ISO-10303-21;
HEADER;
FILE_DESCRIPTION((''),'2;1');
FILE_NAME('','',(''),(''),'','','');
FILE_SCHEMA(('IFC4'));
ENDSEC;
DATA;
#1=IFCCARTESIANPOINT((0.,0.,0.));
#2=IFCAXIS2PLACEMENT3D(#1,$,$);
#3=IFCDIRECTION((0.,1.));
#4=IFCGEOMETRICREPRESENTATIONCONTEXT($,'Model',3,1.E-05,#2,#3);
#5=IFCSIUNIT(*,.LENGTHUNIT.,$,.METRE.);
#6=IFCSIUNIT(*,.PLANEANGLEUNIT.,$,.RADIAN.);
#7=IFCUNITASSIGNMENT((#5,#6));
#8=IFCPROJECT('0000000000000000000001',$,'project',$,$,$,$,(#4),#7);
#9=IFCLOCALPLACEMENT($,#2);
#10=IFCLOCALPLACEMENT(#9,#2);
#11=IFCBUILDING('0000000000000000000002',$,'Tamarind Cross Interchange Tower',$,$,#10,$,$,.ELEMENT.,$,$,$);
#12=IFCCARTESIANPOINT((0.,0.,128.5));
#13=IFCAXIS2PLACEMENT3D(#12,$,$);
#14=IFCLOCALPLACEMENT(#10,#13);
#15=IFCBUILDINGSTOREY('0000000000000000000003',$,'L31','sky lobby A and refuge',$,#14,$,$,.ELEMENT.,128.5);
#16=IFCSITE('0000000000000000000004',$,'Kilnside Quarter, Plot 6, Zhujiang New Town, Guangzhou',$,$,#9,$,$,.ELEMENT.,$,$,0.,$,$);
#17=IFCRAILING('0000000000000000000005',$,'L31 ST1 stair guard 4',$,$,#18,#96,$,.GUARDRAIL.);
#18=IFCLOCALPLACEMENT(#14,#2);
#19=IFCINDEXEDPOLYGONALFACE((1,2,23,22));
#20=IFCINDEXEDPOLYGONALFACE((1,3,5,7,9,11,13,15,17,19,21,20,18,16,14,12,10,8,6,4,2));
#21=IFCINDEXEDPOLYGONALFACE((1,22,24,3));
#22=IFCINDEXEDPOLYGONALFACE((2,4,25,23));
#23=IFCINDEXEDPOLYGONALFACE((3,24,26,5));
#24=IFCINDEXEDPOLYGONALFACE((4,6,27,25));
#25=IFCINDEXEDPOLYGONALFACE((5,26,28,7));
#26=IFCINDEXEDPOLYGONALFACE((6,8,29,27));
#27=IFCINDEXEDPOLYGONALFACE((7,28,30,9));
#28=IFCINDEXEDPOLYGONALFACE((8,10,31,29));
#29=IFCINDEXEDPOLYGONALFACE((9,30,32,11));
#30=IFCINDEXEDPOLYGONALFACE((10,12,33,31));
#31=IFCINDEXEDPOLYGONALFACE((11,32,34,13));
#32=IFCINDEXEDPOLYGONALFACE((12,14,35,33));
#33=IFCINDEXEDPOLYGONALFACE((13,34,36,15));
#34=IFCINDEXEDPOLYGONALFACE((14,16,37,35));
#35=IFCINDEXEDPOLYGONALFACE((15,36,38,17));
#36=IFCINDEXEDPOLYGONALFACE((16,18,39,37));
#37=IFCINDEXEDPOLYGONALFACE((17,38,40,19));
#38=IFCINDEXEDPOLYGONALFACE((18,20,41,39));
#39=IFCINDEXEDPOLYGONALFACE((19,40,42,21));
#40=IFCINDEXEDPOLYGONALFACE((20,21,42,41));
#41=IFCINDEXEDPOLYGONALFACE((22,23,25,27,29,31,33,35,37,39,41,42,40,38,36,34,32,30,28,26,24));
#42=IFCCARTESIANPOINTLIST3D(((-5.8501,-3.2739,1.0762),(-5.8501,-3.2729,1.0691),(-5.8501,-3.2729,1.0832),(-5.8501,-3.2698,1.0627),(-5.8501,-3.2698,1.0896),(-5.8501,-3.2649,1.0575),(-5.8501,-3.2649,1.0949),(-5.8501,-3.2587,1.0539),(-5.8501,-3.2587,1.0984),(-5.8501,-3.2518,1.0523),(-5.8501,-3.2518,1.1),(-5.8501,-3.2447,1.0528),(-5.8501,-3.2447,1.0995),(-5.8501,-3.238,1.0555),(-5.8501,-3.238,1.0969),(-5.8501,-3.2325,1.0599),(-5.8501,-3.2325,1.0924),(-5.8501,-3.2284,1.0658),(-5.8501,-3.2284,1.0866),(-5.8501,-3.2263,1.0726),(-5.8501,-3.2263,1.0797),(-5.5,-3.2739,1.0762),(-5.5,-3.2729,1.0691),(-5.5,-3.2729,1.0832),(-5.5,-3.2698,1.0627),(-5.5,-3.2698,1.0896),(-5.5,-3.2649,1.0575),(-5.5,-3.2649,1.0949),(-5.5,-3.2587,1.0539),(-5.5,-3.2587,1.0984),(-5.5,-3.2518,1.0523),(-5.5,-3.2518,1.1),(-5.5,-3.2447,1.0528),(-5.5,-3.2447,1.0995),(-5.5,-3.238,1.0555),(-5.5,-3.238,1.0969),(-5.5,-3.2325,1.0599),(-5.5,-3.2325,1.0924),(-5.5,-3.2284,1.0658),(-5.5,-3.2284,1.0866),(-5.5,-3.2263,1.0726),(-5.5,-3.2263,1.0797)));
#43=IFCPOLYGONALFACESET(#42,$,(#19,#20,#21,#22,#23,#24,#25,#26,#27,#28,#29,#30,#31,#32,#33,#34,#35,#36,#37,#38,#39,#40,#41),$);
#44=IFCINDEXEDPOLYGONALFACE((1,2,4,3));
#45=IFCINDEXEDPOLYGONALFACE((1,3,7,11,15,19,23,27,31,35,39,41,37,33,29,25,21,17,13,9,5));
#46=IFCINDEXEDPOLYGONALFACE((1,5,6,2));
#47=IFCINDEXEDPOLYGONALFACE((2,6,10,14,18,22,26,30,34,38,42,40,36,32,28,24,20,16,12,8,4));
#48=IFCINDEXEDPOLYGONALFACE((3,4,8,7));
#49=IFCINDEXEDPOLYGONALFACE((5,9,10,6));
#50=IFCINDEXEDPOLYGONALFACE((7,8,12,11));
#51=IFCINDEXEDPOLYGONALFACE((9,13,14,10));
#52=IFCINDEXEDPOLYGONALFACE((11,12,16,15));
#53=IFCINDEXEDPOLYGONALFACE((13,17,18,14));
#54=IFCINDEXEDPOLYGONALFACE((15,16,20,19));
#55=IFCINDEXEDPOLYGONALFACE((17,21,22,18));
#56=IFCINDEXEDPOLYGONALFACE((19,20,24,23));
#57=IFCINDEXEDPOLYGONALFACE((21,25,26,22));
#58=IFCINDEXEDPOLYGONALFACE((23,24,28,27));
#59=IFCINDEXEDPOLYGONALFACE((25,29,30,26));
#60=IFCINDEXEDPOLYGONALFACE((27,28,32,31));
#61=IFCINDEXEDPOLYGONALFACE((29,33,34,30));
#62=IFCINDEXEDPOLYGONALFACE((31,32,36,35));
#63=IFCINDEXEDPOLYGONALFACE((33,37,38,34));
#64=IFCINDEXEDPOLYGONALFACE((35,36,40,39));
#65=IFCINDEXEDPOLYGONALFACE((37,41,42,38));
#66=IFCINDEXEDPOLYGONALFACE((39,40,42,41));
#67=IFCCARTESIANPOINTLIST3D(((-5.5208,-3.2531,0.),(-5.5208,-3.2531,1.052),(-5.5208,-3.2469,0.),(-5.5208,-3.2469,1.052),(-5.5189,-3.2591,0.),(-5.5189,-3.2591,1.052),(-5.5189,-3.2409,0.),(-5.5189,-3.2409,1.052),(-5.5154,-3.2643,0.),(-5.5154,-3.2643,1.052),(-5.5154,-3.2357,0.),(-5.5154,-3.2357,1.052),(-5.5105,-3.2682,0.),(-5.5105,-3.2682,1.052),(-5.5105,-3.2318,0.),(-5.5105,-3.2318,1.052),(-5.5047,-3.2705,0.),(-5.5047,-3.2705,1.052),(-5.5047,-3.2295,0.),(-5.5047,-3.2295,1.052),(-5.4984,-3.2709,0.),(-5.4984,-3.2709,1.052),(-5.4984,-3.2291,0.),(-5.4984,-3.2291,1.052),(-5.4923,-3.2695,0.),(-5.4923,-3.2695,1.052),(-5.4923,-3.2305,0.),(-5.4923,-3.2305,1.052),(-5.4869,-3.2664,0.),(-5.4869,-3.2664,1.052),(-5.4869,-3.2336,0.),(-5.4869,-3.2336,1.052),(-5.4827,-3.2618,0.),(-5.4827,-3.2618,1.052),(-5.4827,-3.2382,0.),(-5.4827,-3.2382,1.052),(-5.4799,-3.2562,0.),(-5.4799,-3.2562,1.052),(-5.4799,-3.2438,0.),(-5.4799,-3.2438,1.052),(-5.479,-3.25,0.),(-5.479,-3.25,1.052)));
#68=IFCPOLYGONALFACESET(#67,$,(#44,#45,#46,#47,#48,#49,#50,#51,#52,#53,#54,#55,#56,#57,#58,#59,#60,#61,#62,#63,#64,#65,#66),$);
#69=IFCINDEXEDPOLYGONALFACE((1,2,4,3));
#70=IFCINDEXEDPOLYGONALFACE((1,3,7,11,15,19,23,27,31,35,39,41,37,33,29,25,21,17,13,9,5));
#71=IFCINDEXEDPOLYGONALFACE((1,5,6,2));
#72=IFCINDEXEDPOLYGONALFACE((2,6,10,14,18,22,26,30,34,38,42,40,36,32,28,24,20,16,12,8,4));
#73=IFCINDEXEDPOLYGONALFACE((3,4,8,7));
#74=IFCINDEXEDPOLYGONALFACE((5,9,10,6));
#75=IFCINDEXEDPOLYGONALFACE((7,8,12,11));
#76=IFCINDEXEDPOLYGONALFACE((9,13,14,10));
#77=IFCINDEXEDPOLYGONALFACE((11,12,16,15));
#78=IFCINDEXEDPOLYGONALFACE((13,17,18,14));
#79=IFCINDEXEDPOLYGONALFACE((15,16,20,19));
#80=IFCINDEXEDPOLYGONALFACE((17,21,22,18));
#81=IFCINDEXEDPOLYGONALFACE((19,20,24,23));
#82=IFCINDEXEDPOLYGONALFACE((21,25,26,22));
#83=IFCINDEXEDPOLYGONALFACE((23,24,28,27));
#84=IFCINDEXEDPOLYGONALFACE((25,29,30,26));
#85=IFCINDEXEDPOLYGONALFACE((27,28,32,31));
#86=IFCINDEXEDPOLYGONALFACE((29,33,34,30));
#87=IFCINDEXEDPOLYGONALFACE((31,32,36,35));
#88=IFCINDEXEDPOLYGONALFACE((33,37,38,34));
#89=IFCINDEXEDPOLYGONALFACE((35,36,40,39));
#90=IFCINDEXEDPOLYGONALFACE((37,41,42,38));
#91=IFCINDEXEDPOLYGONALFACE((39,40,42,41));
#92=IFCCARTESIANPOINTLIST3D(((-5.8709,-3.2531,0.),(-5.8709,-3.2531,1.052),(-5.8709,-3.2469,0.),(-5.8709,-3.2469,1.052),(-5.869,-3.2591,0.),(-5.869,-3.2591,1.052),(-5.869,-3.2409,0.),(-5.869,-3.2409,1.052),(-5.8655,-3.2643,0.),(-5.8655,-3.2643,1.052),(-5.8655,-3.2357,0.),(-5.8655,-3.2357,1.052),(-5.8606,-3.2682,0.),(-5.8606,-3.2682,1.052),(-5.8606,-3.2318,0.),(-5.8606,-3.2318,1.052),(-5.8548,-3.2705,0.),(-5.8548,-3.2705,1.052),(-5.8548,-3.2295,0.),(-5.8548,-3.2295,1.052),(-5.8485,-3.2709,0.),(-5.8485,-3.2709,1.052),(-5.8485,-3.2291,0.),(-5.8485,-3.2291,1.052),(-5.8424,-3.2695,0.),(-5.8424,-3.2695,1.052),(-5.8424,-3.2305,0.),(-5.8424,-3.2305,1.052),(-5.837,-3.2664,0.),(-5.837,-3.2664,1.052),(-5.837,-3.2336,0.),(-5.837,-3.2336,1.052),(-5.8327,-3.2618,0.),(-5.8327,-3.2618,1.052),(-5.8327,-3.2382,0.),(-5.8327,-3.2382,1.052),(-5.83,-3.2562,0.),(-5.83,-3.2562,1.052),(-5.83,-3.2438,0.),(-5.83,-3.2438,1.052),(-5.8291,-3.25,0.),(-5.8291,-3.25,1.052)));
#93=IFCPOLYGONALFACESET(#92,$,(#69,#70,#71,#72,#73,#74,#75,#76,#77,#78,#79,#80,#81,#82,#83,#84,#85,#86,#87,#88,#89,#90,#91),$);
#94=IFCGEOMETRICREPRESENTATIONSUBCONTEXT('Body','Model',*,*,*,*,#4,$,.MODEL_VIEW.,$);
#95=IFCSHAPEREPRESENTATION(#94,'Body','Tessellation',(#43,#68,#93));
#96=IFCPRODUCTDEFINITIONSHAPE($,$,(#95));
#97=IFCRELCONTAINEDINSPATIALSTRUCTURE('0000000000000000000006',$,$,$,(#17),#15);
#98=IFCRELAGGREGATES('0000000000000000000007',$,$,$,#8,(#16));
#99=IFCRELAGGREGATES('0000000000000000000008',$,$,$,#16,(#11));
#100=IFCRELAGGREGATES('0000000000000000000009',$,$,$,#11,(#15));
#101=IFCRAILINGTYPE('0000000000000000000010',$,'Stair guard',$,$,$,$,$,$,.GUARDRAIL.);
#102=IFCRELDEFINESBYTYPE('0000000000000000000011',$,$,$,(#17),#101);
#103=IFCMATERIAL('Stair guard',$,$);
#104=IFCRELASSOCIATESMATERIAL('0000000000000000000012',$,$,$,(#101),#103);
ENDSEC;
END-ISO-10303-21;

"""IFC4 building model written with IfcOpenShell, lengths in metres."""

from ifc_helpers import new_model, si_unit, direction, frame, origin, origin_2d, place, context, subcontext, project, spatial, circle, extrude, material, type_object, element, save


model = new_model("IFC4")

# Units and contexts
model_context = context("Model", 3, precision=1e-05, world=origin(), true_north=direction((0.0, 1.0)))
body_context = subcontext(model_context, "Body", "Model", "MODEL_VIEW")
ifc_project = project(units=[si_unit("LENGTHUNIT", "METRE"), si_unit("PLANEANGLEUNIT", "RADIAN")], contexts=[model_context])

# Site, building, storey
site_placement = place(None, origin())
site = spatial("IfcSite", under=ifc_project, at=site_placement, Name="Kilnside Quarter, Plot 6, Zhujiang New Town, Guangzhou", CompositionType="ELEMENT", RefElevation=0.0)
building_placement = place(site_placement, origin())
building = spatial("IfcBuilding", under=site, at=building_placement, Name="Tamarind Cross Interchange Tower", CompositionType="ELEMENT")
storey_placement = place(building_placement, frame((0.0, 0.0, 128.5)))
storey = spatial("IfcBuildingStorey", under=building, at=storey_placement, Name="L31", Description="sky lobby A and refuge", CompositionType="ELEMENT", Elevation=128.5)

# Railing
ifc_material_1 = material(Name="Stair guard")
railing_type_1 = type_object("IfcRailingType", Name="Stair guard", PredefinedType="GUARDRAIL", material=ifc_material_1)
railing_1_placement = place(storey_placement, frame((-5.5, -3.25, 0.0)))
element("IfcRailing", 1, at=railing_1_placement, inside=storey, type_object=railing_type_1, Name="L31 ST1 stair guard 4", PredefinedType="GUARDRAIL", context=body_context, shape_type="SweptSolid", body=[
    extrude(circle(Radius=0.0239, at=origin_2d()), frame((0.0, 0.0, 1.0762), z_axis=(-1.0, 0.0, 0.0), x_axis=(0.0, -1.0, 0.0)), (0.0, 0.0, 1.0), 0.3501),
    extrude(circle(Radius=0.021, at=origin_2d()), origin(), (0.0, 0.0, 1.0), 1.052),
    extrude(circle(Radius=0.021, at=origin_2d()), frame((-0.3501, 0.0, 0.0)), (0.0, 0.0, 1.0), 1.052),
])

save(model, "model.ifc")
